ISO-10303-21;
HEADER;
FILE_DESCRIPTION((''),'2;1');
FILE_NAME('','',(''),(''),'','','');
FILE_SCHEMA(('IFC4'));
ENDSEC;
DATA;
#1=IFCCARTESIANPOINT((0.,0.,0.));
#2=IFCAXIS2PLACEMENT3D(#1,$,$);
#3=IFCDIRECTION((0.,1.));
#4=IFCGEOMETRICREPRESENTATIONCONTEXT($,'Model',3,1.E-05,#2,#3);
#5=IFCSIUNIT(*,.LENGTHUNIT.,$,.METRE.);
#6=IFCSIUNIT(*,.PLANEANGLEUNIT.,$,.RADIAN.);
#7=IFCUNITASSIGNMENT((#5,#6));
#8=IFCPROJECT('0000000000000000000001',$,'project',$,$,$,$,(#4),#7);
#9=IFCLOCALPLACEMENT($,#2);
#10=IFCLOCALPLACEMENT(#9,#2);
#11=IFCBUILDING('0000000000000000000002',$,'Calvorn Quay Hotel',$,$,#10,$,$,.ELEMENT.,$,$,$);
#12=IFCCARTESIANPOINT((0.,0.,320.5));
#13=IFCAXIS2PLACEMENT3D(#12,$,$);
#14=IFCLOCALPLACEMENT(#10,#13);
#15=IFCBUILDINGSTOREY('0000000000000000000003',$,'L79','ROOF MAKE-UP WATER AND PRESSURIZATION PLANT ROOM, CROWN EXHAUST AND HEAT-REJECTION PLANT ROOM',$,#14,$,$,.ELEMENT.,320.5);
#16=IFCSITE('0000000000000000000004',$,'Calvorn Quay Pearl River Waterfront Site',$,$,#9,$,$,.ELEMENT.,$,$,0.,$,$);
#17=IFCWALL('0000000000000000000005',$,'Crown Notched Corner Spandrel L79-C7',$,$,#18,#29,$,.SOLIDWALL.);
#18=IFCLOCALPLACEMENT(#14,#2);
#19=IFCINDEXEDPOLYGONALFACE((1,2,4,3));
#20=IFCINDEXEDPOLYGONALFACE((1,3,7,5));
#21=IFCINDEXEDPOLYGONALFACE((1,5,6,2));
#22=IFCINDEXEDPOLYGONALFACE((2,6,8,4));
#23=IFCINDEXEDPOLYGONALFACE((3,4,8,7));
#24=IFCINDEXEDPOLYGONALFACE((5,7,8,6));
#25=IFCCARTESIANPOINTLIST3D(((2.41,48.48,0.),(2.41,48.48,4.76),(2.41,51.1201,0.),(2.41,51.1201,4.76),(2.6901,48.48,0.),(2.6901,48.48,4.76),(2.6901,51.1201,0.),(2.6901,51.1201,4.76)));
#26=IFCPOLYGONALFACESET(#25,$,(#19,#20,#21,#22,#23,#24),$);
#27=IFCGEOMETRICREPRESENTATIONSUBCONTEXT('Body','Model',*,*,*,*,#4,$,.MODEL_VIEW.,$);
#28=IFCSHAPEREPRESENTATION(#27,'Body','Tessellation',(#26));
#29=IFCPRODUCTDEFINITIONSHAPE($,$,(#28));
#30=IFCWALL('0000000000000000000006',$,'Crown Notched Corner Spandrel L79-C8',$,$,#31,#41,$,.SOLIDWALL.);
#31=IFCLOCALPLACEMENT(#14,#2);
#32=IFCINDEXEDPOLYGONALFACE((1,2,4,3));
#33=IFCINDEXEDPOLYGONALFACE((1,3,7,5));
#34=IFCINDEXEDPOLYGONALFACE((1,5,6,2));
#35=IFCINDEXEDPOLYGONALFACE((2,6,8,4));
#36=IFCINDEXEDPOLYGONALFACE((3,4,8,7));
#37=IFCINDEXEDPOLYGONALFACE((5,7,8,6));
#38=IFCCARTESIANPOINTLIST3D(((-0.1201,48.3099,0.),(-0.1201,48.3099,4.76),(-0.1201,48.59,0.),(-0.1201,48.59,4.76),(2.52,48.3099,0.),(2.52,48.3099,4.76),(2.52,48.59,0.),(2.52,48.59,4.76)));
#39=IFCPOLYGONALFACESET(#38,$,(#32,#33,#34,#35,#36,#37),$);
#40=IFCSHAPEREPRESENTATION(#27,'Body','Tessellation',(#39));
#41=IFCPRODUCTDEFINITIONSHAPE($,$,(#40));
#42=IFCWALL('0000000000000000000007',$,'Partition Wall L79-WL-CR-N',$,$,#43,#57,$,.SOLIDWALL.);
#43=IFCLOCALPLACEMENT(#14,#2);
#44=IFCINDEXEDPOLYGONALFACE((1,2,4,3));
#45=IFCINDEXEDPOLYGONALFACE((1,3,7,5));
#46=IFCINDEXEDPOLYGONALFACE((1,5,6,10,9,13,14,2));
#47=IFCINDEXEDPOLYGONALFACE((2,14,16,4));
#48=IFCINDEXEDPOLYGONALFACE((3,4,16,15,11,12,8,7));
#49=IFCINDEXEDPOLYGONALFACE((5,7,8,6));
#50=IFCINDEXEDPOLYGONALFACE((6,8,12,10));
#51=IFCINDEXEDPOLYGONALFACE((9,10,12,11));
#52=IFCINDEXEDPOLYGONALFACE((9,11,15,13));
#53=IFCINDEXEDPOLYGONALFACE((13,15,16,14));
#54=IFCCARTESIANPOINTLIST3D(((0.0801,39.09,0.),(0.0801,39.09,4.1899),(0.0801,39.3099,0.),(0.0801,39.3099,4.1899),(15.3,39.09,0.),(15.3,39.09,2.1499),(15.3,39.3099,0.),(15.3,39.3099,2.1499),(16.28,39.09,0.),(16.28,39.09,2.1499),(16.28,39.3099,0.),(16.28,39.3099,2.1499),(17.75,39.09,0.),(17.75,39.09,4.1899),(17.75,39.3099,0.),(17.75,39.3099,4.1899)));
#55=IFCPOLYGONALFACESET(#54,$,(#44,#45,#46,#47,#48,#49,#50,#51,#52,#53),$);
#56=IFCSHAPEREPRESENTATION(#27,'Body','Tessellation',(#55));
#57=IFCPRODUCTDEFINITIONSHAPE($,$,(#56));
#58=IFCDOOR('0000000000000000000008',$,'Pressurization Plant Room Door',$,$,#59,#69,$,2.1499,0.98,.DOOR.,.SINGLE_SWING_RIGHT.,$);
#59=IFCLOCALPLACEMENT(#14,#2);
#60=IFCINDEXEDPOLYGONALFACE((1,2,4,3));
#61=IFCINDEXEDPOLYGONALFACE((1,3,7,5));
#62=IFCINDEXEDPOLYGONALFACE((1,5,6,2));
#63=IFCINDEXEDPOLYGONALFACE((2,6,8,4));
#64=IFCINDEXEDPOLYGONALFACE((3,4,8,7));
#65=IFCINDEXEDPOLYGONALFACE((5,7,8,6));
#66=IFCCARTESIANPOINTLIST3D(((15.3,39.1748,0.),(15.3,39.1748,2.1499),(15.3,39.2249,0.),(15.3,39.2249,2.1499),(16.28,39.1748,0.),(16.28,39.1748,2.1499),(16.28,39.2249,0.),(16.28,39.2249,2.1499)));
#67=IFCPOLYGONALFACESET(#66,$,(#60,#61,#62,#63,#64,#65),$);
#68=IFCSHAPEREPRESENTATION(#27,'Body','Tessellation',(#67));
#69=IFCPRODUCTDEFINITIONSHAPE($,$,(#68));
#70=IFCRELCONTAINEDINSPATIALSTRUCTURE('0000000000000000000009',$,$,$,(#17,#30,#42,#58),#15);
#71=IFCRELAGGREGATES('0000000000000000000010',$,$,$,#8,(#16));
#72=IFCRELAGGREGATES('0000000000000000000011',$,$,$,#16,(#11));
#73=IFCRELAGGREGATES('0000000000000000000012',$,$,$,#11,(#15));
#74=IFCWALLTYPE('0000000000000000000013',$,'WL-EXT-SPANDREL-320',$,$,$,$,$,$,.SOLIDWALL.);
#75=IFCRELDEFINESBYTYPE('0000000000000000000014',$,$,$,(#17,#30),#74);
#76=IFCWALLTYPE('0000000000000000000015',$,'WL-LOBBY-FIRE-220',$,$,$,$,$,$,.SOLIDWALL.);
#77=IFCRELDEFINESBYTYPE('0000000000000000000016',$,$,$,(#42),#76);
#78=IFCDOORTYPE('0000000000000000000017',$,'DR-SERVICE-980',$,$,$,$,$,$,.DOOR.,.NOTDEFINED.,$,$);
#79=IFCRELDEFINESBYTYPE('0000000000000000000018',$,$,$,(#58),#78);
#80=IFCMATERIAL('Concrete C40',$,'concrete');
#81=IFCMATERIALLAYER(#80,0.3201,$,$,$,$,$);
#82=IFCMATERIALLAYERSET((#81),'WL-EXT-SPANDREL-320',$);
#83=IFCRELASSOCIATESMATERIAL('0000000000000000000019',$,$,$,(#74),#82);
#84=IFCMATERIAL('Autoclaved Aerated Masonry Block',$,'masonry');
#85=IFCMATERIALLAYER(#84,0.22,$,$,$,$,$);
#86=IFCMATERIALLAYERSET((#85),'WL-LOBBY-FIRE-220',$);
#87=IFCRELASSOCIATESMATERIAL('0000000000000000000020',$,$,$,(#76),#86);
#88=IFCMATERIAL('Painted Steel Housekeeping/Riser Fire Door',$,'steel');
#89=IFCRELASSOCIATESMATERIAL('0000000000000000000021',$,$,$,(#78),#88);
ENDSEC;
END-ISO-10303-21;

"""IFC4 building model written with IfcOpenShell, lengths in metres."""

from ifc_helpers import new_model, si_unit, direction, frame, frame_2d, origin, place, context, subcontext, project, spatial, rectangle, extrude, material, layer, layer_set, type_object, element, fill, save


model = new_model("IFC4")

# Units and contexts
model_context = context("Model", 3, precision=1e-05, world=origin(), true_north=direction((0.0, 1.0)))
body_context = subcontext(model_context, "Body", "Model", "MODEL_VIEW")
ifc_project = project(units=[si_unit("LENGTHUNIT", "METRE"), si_unit("PLANEANGLEUNIT", "RADIAN")], contexts=[model_context])

# Site, building, storey
site_placement = place(None, origin())
site = spatial("IfcSite", under=ifc_project, at=site_placement, Name="Calvorn Quay Pearl River Waterfront Site", CompositionType="ELEMENT", RefElevation=0.0)
building_placement = place(site_placement, origin())
building = spatial("IfcBuilding", under=site, at=building_placement, Name="Calvorn Quay Hotel", CompositionType="ELEMENT")
storey_placement = place(building_placement, frame((0.0, 0.0, 320.5)))
storey = spatial("IfcBuildingStorey", under=building, at=storey_placement, Name="L79", Description="ROOF MAKE-UP WATER AND PRESSURIZATION PLANT ROOM, CROWN EXHAUST AND HEAT-REJECTION PLANT ROOM", CompositionType="ELEMENT", Elevation=320.5)

# Walls
ifc_material_1 = material(Name="Concrete C40", Category="concrete")
ifc_layer_1 = layer(ifc_material_1, 0.3201)
ifc_layer_set_1 = layer_set([ifc_layer_1], Name="WL-EXT-SPANDREL-320")
wall_type_1 = type_object("IfcWallType", Name="WL-EXT-SPANDREL-320", PredefinedType="SOLIDWALL", material=ifc_layer_set_1)
for number, where, z_axis, x_axis, name in (
    (1, (2.55, 51.1201, 0.0), (0.0, 0.0, 1.0), (0.0, -1.0, 0.0), "Crown Notched Corner Spandrel L79-C7"),
    (2, (2.52, 48.45, 0.0), (0.0, 0.0, 1.0), (-1.0, 0.0, 0.0), "Crown Notched Corner Spandrel L79-C8"),
):
    element("IfcWall", number, at=place(storey_placement, frame(where, z_axis=z_axis, x_axis=x_axis)), inside=storey, type_object=wall_type_1, Name=name, PredefinedType="SOLIDWALL", context=body_context, shape_type="SweptSolid", body=[
        extrude(rectangle(XDim=2.6401, YDim=0.28, at=frame_2d((1.3201, 0.0))), origin(), (0.0, 0.0, 1.0), 4.76),
    ])

# Wall, opening, door
ifc_material_2 = material(Name="Autoclaved Aerated Masonry Block", Category="masonry")
ifc_layer_2 = layer(ifc_material_2, 0.22)
ifc_layer_set_2 = layer_set([ifc_layer_2], Name="WL-LOBBY-FIRE-220")
wall_type_2 = type_object("IfcWallType", Name="WL-LOBBY-FIRE-220", PredefinedType="SOLIDWALL", material=ifc_layer_set_2)
wall_1_placement = place(storey_placement, frame((0.0801, 39.2, 0.0), z_axis=(0.0, 0.0, 1.0), x_axis=(1.0, 0.0, 0.0)))
wall_1 = element("IfcWall", 3, at=wall_1_placement, inside=storey, type_object=wall_type_2, Name="Partition Wall L79-WL-CR-N", PredefinedType="SOLIDWALL", context=body_context, shape_type="SweptSolid", body=[
    extrude(rectangle(XDim=17.6699, YDim=0.22, at=frame_2d((8.835, 0.0))), origin(), (0.0, 0.0, 1.0), 4.1899),
])
opening_placement = place(wall_1_placement, frame((15.22, 0.0, 0.0)))
opening = element("IfcOpeningElement", 4, at=opening_placement, cuts=wall_1, PredefinedType="OPENING", context=body_context, shape_type="SweptSolid", body=[
    extrude(rectangle(XDim=0.98, YDim=2.1499, at=frame_2d((0.49, 1.075))), frame((0.0, 0.1199, 0.0), z_axis=(0.0, -1.0, 0.0), x_axis=(1.0, 0.0, 0.0)), (0.0, 0.0, 1.0), 0.24),
])
ifc_material_3 = material(Name="Painted Steel Housekeeping/Riser Fire Door", Category="steel")
door_type = type_object("IfcDoorType", Name="DR-SERVICE-980", OperationType="NOTDEFINED", PredefinedType="DOOR", material=ifc_material_3)
door_placement = place(opening_placement, origin())
door = element("IfcDoor", 5, at=door_placement, inside=storey, type_object=door_type, Name="Pressurization Plant Room Door", OperationType="SINGLE_SWING_RIGHT", OverallHeight=2.1499, OverallWidth=0.98, PredefinedType="DOOR", context=body_context, shape_type="SweptSolid", body=[
    extrude(rectangle(XDim=0.98, YDim=2.1499, at=frame_2d((0.49, 1.075))), frame((0.0, 0.0249, 0.0), z_axis=(0.0, -1.0, 0.0), x_axis=(1.0, 0.0, 0.0)), (0.0, 0.0, 1.0), 0.05),
])
fill(opening, door)

save(model, "model.ifc")
